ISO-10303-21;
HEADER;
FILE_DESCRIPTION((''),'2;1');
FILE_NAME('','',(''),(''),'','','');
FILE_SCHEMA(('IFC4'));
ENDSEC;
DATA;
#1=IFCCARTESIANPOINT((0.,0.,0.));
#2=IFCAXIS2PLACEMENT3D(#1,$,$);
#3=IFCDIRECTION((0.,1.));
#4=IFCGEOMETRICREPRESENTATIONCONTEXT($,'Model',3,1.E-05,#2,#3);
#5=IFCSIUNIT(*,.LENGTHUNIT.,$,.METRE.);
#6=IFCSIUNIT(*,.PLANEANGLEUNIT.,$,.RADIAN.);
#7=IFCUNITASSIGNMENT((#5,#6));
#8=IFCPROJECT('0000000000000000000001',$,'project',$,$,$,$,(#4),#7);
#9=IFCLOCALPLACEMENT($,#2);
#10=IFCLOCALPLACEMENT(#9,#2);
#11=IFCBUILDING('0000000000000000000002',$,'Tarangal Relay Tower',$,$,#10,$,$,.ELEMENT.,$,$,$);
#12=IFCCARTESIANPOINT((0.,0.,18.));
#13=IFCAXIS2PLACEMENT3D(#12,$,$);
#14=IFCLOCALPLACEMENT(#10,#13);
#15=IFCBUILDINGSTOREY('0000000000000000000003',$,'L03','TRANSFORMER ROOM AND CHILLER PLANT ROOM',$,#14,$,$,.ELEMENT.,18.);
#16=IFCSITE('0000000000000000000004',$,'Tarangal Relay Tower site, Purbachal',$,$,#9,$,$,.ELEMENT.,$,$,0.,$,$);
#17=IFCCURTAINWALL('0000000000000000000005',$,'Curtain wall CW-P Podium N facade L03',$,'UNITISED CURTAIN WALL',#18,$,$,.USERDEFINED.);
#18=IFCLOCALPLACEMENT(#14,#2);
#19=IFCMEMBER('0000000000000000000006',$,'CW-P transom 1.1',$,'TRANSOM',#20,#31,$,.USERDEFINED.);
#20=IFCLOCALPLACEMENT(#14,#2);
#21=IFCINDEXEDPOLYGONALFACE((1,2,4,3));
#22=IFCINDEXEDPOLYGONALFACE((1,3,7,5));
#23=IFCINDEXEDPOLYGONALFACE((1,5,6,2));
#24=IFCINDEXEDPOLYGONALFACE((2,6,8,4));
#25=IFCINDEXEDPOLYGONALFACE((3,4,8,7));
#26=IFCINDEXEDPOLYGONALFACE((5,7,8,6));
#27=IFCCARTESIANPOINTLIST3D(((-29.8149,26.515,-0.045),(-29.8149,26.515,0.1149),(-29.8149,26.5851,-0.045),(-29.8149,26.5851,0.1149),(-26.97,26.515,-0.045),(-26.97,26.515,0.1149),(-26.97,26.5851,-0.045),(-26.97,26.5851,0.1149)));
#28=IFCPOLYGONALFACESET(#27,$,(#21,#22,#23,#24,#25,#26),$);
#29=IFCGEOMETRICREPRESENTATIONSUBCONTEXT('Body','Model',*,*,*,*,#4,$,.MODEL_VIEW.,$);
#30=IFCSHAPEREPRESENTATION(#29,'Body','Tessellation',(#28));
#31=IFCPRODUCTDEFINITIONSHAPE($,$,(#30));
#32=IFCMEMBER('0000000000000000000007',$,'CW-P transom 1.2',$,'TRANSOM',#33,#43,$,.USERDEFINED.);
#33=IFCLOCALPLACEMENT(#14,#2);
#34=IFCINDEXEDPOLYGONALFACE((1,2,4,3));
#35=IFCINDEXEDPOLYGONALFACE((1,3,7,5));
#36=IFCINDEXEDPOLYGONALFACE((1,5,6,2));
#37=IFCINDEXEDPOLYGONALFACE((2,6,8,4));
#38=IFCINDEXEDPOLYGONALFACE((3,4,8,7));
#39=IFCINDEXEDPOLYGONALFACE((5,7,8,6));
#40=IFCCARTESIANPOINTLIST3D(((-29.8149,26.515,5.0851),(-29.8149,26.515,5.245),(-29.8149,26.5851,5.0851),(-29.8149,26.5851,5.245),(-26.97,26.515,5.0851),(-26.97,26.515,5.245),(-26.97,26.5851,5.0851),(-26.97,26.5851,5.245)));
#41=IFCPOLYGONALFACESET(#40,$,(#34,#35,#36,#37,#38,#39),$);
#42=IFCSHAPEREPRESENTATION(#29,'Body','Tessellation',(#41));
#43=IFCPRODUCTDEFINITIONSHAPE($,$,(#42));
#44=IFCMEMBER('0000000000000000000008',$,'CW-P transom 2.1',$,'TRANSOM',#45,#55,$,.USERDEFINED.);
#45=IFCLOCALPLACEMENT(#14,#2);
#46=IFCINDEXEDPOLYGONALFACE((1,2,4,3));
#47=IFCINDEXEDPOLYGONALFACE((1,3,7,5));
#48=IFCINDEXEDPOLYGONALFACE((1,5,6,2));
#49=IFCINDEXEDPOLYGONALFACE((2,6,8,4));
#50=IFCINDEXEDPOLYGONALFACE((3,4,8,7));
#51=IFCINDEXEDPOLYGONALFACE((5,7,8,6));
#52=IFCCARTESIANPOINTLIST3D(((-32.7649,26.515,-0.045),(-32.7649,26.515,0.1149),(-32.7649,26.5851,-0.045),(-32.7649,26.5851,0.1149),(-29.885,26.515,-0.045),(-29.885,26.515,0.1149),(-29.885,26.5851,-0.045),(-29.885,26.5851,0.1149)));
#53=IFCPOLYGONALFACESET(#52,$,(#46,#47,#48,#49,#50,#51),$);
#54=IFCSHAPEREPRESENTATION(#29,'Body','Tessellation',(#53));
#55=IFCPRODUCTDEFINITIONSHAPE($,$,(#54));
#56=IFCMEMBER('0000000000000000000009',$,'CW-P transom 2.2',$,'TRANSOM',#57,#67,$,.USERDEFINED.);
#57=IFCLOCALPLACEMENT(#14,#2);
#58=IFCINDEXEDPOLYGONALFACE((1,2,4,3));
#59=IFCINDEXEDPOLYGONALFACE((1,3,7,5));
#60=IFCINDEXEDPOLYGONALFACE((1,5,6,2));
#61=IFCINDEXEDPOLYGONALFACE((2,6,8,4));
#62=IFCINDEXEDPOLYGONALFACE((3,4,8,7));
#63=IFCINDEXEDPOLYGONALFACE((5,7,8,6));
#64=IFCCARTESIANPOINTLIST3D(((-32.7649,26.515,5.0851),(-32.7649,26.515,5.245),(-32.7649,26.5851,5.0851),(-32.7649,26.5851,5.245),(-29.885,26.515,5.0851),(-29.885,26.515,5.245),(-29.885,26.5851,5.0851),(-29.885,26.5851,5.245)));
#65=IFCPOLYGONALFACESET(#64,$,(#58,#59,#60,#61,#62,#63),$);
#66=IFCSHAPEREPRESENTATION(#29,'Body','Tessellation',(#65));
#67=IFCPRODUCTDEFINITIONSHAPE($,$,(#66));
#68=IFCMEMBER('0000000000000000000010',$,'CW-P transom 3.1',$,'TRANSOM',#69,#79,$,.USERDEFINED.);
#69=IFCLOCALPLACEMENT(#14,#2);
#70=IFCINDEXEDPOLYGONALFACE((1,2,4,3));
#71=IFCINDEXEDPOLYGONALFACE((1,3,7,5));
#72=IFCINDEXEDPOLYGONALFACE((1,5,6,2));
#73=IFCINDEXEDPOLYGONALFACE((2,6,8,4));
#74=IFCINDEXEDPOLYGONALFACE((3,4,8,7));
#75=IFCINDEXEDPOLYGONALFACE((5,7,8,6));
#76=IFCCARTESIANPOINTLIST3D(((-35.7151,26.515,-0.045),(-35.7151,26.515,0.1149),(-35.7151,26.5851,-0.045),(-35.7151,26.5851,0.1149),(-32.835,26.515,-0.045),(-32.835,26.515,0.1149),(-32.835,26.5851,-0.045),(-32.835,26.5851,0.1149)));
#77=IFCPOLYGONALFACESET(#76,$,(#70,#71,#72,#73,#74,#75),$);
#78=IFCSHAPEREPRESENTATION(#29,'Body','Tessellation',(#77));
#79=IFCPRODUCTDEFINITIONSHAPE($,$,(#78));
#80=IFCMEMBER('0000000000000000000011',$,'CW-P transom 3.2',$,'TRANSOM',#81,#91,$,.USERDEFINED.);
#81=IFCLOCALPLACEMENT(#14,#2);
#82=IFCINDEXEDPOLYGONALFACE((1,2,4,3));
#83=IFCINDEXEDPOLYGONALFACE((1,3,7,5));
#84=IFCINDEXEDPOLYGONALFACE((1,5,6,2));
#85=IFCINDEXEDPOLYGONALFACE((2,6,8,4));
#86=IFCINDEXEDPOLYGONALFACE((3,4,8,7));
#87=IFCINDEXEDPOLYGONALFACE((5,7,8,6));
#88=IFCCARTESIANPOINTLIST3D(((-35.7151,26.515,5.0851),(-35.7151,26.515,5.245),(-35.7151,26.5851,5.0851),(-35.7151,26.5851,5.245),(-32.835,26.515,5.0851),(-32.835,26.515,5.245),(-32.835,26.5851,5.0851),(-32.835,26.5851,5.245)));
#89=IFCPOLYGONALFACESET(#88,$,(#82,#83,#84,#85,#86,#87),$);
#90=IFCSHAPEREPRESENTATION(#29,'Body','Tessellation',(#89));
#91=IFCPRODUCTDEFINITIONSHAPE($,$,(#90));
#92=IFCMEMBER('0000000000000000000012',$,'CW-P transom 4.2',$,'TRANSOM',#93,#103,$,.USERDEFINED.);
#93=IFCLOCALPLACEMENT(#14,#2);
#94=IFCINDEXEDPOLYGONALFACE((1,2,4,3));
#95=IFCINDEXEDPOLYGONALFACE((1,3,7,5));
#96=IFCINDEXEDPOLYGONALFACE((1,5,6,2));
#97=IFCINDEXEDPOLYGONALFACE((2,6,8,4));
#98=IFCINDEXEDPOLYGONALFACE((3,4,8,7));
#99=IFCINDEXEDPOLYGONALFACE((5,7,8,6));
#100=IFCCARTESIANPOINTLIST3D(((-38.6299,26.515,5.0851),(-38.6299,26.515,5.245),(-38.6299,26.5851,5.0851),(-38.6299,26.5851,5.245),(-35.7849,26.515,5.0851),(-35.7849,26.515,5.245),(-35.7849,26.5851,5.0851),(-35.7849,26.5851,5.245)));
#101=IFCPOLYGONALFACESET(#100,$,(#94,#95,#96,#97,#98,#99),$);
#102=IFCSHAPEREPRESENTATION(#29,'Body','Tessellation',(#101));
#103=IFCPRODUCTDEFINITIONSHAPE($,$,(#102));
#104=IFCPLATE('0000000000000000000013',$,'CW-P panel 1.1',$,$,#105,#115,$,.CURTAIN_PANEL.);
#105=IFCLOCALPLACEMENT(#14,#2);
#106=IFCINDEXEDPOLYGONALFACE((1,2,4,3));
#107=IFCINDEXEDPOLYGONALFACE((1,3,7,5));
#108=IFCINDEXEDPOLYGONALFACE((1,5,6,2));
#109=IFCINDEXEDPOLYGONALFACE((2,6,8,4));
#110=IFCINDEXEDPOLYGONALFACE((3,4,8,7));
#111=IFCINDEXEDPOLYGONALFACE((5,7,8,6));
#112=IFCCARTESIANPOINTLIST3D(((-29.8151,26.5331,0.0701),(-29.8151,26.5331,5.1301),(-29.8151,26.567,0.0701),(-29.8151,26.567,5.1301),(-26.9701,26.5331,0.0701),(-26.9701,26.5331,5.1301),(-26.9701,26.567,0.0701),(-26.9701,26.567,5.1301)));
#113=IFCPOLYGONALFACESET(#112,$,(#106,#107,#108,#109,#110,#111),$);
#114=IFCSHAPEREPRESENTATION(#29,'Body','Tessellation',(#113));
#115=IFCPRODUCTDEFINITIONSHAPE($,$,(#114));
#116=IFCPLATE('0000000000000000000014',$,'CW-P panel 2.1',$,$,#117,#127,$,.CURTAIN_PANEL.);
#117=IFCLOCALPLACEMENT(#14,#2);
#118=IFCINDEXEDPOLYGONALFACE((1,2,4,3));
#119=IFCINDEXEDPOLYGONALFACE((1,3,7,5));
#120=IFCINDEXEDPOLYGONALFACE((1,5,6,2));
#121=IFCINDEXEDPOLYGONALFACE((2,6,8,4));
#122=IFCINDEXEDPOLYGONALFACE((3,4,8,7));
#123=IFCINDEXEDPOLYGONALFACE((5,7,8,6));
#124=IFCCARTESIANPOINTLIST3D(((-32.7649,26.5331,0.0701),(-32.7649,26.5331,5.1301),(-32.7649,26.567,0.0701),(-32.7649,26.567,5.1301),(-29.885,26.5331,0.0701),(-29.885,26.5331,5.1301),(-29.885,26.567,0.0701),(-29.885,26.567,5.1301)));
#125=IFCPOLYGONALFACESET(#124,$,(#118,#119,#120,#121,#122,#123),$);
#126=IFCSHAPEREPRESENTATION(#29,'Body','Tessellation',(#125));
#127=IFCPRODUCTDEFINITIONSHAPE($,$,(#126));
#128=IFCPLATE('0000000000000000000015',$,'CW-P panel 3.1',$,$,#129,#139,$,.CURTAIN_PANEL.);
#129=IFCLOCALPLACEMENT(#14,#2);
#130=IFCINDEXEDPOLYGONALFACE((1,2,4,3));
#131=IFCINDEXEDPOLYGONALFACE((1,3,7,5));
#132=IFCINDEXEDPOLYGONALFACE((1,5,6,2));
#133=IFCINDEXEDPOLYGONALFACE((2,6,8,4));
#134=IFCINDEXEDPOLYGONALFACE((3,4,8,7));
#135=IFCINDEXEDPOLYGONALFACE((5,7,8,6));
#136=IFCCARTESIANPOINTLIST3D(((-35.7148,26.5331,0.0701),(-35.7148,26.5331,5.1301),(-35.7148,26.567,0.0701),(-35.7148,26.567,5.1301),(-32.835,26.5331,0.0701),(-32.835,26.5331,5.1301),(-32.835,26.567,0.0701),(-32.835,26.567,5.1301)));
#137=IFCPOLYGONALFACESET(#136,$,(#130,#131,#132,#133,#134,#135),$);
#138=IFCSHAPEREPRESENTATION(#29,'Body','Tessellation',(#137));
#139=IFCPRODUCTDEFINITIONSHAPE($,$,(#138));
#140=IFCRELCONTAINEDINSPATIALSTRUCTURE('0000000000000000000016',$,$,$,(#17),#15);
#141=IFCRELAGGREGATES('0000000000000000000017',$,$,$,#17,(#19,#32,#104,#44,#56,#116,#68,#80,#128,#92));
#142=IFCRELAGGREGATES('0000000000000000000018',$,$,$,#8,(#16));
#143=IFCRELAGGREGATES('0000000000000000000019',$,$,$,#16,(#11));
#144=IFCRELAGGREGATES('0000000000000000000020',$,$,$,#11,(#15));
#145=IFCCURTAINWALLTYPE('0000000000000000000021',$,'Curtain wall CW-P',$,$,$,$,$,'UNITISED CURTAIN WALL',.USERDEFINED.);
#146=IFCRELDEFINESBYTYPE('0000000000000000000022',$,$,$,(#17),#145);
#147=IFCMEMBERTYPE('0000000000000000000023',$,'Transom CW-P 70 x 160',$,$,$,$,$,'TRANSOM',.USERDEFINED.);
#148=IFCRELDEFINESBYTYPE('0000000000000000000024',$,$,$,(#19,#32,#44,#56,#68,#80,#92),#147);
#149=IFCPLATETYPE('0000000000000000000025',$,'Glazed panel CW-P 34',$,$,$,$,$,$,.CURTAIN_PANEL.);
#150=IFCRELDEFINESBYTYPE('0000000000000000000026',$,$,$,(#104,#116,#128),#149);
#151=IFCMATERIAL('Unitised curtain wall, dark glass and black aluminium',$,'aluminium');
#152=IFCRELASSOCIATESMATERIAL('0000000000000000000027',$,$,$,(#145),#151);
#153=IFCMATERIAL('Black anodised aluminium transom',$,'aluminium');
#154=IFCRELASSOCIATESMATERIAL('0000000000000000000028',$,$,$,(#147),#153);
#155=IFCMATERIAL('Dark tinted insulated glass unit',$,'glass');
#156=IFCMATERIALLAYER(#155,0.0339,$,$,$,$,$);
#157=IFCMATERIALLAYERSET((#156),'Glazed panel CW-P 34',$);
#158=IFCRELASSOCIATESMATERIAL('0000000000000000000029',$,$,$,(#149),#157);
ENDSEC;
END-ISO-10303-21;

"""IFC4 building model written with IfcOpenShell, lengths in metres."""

from ifc_helpers import new_model, si_unit, direction, frame, origin, origin_2d, place, context, subcontext, project, spatial, rectangle, extrude, material, layer, layer_set, material_profile, profile_set, type_object, element, aggregate, save


model = new_model("IFC4")

# Units and contexts
model_context = context("Model", 3, precision=1e-05, world=origin(), true_north=direction((0.0, 1.0)))
body_context = subcontext(model_context, "Body", "Model", "MODEL_VIEW")
ifc_project = project(units=[si_unit("LENGTHUNIT", "METRE"), si_unit("PLANEANGLEUNIT", "RADIAN")], contexts=[model_context])

# Site, building, storey
site_placement = place(None, origin())
site = spatial("IfcSite", under=ifc_project, at=site_placement, Name="Tarangal Relay Tower site, Purbachal", CompositionType="ELEMENT", RefElevation=0.0)
building_placement = place(site_placement, origin())
building = spatial("IfcBuilding", under=site, at=building_placement, Name="Tarangal Relay Tower", CompositionType="ELEMENT")
storey_placement = place(building_placement, frame((0.0, 0.0, 18.0)))
storey = spatial("IfcBuildingStorey", under=building, at=storey_placement, Name="L03", Description="TRANSFORMER ROOM AND CHILLER PLANT ROOM", CompositionType="ELEMENT", Elevation=18.0)

# Curtain wall
ifc_material_1 = material(Name="Unitised curtain wall, dark glass and black aluminium", Category="aluminium")
curtain_wall_type = type_object("IfcCurtainWallType", Name="Curtain wall CW-P", ElementType="UNITISED CURTAIN WALL", PredefinedType="USERDEFINED", material=ifc_material_1)
curtain_wall_placement = place(storey_placement, origin())
curtain_wall = element("IfcCurtainWall", 1, at=curtain_wall_placement, inside=storey, type_object=curtain_wall_type, Name="Curtain wall CW-P Podium N facade L03", ObjectType="UNITISED CURTAIN WALL", PredefinedType="USERDEFINED")

# Members
ifc_material_2 = material(Name="Black anodised aluminium transom", Category="aluminium")
ifc_material_profile_1 = material_profile(ifc_material_2, rectangle(XDim=0.0701, YDim=0.1599, at=origin_2d()), Name="CW-PT 70X160")
ifc_profile_set_1 = profile_set([ifc_material_profile_1], Name="Black anodised aluminium transom")
member_type_1 = type_object("IfcMemberType", Name="Transom CW-P 70 x 160", ElementType="TRANSOM", PredefinedType="USERDEFINED", material=ifc_profile_set_1)
member_1_placement = place(storey_placement, frame((-26.97, 26.55, 0.0349), z_axis=(-1.0, 0.0, 0.0), x_axis=(0.0, -1.0, 0.0)))
member_1 = element("IfcMember", 2, at=member_1_placement, type_object=member_type_1, Name="CW-P transom 1.1", ObjectType="TRANSOM", PredefinedType="USERDEFINED", context=body_context, shape_type="SweptSolid", body=[
    extrude(rectangle(XDim=0.0701, YDim=0.1599, at=origin_2d()), origin(), (0.0, 0.0, 1.0), 2.845),
])
member_2_placement = place(storey_placement, frame((-26.97, 26.55, 5.165), z_axis=(-1.0, 0.0, 0.0), x_axis=(0.0, -1.0, 0.0)))
member_2 = element("IfcMember", 3, at=member_2_placement, type_object=member_type_1, Name="CW-P transom 1.2", ObjectType="TRANSOM", PredefinedType="USERDEFINED", context=body_context, shape_type="SweptSolid", body=[
    extrude(rectangle(XDim=0.0701, YDim=0.1599, at=origin_2d()), origin(), (0.0, 0.0, 1.0), 2.845),
])
member_3_placement = place(storey_placement, frame((-29.885, 26.55, 0.0349), z_axis=(-1.0, 0.0, 0.0), x_axis=(0.0, -1.0, 0.0)))
member_3 = element("IfcMember", 4, at=member_3_placement, type_object=member_type_1, Name="CW-P transom 2.1", ObjectType="TRANSOM", PredefinedType="USERDEFINED", context=body_context, shape_type="SweptSolid", body=[
    extrude(rectangle(XDim=0.0701, YDim=0.1599, at=origin_2d()), origin(), (0.0, 0.0, 1.0), 2.8799),
])
member_4_placement = place(storey_placement, frame((-29.885, 26.55, 5.165), z_axis=(-1.0, 0.0, 0.0), x_axis=(0.0, -1.0, 0.0)))
member_4 = element("IfcMember", 5, at=member_4_placement, type_object=member_type_1, Name="CW-P transom 2.2", ObjectType="TRANSOM", PredefinedType="USERDEFINED", context=body_context, shape_type="SweptSolid", body=[
    extrude(rectangle(XDim=0.0701, YDim=0.1599, at=origin_2d()), origin(), (0.0, 0.0, 1.0), 2.8799),
])
member_5_placement = place(storey_placement, frame((-32.835, 26.55, 0.0349), z_axis=(-1.0, 0.0, 0.0), x_axis=(0.0, -1.0, 0.0)))
member_5 = element("IfcMember", 6, at=member_5_placement, type_object=member_type_1, Name="CW-P transom 3.1", ObjectType="TRANSOM", PredefinedType="USERDEFINED", context=body_context, shape_type="SweptSolid", body=[
    extrude(rectangle(XDim=0.0701, YDim=0.1599, at=origin_2d()), origin(), (0.0, 0.0, 1.0), 2.8801),
])
member_6_placement = place(storey_placement, frame((-32.835, 26.55, 5.165), z_axis=(-1.0, 0.0, 0.0), x_axis=(0.0, -1.0, 0.0)))
member_6 = element("IfcMember", 7, at=member_6_placement, type_object=member_type_1, Name="CW-P transom 3.2", ObjectType="TRANSOM", PredefinedType="USERDEFINED", context=body_context, shape_type="SweptSolid", body=[
    extrude(rectangle(XDim=0.0701, YDim=0.1599, at=origin_2d()), origin(), (0.0, 0.0, 1.0), 2.8801),
])
member_7_placement = place(storey_placement, frame((-35.7849, 26.55, 5.165), z_axis=(-1.0, 0.0, 0.0), x_axis=(0.0, -1.0, 0.0)))
member_7 = element("IfcMember", 8, at=member_7_placement, type_object=member_type_1, Name="CW-P transom 4.2", ObjectType="TRANSOM", PredefinedType="USERDEFINED", context=body_context, shape_type="SweptSolid", body=[
    extrude(rectangle(XDim=0.0701, YDim=0.1599, at=origin_2d()), origin(), (0.0, 0.0, 1.0), 2.845),
])

# Plates
ifc_material_3 = material(Name="Dark tinted insulated glass unit", Category="glass")
ifc_layer = layer(ifc_material_3, 0.0339)
ifc_layer_set = layer_set([ifc_layer], Name="Glazed panel CW-P 34")
plate_type = type_object("IfcPlateType", Name="Glazed panel CW-P 34", PredefinedType="CURTAIN_PANEL", material=ifc_layer_set)
plate_1_placement = place(storey_placement, frame((-28.3926, 26.55, 0.0701), z_axis=(0.0, 0.0, 1.0), x_axis=(-1.0, 0.0, 0.0)))
plate_1 = element("IfcPlate", 9, at=plate_1_placement, type_object=plate_type, Name="CW-P panel 1.1", PredefinedType="CURTAIN_PANEL", context=body_context, shape_type="SweptSolid", body=[
    extrude(rectangle(XDim=2.845, YDim=0.0339, at=origin_2d()), origin(), (0.0, 0.0, 1.0), 5.0601),
])
plate_2_placement = place(storey_placement, frame((-31.325, 26.55, 0.0701), z_axis=(0.0, 0.0, 1.0), x_axis=(-1.0, 0.0, 0.0)))
plate_2 = element("IfcPlate", 10, at=plate_2_placement, type_object=plate_type, Name="CW-P panel 2.1", PredefinedType="CURTAIN_PANEL", context=body_context, shape_type="SweptSolid", body=[
    extrude(rectangle(XDim=2.8799, YDim=0.0339, at=origin_2d()), origin(), (0.0, 0.0, 1.0), 5.0601),
])
plate_3_placement = place(storey_placement, frame((-34.2749, 26.55, 0.0701), z_axis=(0.0, 0.0, 1.0), x_axis=(-1.0, 0.0, 0.0)))
plate_3 = element("IfcPlate", 11, at=plate_3_placement, type_object=plate_type, Name="CW-P panel 3.1", PredefinedType="CURTAIN_PANEL", context=body_context, shape_type="SweptSolid", body=[
    extrude(rectangle(XDim=2.8799, YDim=0.0339, at=origin_2d()), origin(), (0.0, 0.0, 1.0), 5.0601),
])
aggregate(curtain_wall, [member_1, member_2, plate_1, member_3, member_4, plate_2, member_5, member_6, plate_3, member_7])

save(model, "model.ifc")
